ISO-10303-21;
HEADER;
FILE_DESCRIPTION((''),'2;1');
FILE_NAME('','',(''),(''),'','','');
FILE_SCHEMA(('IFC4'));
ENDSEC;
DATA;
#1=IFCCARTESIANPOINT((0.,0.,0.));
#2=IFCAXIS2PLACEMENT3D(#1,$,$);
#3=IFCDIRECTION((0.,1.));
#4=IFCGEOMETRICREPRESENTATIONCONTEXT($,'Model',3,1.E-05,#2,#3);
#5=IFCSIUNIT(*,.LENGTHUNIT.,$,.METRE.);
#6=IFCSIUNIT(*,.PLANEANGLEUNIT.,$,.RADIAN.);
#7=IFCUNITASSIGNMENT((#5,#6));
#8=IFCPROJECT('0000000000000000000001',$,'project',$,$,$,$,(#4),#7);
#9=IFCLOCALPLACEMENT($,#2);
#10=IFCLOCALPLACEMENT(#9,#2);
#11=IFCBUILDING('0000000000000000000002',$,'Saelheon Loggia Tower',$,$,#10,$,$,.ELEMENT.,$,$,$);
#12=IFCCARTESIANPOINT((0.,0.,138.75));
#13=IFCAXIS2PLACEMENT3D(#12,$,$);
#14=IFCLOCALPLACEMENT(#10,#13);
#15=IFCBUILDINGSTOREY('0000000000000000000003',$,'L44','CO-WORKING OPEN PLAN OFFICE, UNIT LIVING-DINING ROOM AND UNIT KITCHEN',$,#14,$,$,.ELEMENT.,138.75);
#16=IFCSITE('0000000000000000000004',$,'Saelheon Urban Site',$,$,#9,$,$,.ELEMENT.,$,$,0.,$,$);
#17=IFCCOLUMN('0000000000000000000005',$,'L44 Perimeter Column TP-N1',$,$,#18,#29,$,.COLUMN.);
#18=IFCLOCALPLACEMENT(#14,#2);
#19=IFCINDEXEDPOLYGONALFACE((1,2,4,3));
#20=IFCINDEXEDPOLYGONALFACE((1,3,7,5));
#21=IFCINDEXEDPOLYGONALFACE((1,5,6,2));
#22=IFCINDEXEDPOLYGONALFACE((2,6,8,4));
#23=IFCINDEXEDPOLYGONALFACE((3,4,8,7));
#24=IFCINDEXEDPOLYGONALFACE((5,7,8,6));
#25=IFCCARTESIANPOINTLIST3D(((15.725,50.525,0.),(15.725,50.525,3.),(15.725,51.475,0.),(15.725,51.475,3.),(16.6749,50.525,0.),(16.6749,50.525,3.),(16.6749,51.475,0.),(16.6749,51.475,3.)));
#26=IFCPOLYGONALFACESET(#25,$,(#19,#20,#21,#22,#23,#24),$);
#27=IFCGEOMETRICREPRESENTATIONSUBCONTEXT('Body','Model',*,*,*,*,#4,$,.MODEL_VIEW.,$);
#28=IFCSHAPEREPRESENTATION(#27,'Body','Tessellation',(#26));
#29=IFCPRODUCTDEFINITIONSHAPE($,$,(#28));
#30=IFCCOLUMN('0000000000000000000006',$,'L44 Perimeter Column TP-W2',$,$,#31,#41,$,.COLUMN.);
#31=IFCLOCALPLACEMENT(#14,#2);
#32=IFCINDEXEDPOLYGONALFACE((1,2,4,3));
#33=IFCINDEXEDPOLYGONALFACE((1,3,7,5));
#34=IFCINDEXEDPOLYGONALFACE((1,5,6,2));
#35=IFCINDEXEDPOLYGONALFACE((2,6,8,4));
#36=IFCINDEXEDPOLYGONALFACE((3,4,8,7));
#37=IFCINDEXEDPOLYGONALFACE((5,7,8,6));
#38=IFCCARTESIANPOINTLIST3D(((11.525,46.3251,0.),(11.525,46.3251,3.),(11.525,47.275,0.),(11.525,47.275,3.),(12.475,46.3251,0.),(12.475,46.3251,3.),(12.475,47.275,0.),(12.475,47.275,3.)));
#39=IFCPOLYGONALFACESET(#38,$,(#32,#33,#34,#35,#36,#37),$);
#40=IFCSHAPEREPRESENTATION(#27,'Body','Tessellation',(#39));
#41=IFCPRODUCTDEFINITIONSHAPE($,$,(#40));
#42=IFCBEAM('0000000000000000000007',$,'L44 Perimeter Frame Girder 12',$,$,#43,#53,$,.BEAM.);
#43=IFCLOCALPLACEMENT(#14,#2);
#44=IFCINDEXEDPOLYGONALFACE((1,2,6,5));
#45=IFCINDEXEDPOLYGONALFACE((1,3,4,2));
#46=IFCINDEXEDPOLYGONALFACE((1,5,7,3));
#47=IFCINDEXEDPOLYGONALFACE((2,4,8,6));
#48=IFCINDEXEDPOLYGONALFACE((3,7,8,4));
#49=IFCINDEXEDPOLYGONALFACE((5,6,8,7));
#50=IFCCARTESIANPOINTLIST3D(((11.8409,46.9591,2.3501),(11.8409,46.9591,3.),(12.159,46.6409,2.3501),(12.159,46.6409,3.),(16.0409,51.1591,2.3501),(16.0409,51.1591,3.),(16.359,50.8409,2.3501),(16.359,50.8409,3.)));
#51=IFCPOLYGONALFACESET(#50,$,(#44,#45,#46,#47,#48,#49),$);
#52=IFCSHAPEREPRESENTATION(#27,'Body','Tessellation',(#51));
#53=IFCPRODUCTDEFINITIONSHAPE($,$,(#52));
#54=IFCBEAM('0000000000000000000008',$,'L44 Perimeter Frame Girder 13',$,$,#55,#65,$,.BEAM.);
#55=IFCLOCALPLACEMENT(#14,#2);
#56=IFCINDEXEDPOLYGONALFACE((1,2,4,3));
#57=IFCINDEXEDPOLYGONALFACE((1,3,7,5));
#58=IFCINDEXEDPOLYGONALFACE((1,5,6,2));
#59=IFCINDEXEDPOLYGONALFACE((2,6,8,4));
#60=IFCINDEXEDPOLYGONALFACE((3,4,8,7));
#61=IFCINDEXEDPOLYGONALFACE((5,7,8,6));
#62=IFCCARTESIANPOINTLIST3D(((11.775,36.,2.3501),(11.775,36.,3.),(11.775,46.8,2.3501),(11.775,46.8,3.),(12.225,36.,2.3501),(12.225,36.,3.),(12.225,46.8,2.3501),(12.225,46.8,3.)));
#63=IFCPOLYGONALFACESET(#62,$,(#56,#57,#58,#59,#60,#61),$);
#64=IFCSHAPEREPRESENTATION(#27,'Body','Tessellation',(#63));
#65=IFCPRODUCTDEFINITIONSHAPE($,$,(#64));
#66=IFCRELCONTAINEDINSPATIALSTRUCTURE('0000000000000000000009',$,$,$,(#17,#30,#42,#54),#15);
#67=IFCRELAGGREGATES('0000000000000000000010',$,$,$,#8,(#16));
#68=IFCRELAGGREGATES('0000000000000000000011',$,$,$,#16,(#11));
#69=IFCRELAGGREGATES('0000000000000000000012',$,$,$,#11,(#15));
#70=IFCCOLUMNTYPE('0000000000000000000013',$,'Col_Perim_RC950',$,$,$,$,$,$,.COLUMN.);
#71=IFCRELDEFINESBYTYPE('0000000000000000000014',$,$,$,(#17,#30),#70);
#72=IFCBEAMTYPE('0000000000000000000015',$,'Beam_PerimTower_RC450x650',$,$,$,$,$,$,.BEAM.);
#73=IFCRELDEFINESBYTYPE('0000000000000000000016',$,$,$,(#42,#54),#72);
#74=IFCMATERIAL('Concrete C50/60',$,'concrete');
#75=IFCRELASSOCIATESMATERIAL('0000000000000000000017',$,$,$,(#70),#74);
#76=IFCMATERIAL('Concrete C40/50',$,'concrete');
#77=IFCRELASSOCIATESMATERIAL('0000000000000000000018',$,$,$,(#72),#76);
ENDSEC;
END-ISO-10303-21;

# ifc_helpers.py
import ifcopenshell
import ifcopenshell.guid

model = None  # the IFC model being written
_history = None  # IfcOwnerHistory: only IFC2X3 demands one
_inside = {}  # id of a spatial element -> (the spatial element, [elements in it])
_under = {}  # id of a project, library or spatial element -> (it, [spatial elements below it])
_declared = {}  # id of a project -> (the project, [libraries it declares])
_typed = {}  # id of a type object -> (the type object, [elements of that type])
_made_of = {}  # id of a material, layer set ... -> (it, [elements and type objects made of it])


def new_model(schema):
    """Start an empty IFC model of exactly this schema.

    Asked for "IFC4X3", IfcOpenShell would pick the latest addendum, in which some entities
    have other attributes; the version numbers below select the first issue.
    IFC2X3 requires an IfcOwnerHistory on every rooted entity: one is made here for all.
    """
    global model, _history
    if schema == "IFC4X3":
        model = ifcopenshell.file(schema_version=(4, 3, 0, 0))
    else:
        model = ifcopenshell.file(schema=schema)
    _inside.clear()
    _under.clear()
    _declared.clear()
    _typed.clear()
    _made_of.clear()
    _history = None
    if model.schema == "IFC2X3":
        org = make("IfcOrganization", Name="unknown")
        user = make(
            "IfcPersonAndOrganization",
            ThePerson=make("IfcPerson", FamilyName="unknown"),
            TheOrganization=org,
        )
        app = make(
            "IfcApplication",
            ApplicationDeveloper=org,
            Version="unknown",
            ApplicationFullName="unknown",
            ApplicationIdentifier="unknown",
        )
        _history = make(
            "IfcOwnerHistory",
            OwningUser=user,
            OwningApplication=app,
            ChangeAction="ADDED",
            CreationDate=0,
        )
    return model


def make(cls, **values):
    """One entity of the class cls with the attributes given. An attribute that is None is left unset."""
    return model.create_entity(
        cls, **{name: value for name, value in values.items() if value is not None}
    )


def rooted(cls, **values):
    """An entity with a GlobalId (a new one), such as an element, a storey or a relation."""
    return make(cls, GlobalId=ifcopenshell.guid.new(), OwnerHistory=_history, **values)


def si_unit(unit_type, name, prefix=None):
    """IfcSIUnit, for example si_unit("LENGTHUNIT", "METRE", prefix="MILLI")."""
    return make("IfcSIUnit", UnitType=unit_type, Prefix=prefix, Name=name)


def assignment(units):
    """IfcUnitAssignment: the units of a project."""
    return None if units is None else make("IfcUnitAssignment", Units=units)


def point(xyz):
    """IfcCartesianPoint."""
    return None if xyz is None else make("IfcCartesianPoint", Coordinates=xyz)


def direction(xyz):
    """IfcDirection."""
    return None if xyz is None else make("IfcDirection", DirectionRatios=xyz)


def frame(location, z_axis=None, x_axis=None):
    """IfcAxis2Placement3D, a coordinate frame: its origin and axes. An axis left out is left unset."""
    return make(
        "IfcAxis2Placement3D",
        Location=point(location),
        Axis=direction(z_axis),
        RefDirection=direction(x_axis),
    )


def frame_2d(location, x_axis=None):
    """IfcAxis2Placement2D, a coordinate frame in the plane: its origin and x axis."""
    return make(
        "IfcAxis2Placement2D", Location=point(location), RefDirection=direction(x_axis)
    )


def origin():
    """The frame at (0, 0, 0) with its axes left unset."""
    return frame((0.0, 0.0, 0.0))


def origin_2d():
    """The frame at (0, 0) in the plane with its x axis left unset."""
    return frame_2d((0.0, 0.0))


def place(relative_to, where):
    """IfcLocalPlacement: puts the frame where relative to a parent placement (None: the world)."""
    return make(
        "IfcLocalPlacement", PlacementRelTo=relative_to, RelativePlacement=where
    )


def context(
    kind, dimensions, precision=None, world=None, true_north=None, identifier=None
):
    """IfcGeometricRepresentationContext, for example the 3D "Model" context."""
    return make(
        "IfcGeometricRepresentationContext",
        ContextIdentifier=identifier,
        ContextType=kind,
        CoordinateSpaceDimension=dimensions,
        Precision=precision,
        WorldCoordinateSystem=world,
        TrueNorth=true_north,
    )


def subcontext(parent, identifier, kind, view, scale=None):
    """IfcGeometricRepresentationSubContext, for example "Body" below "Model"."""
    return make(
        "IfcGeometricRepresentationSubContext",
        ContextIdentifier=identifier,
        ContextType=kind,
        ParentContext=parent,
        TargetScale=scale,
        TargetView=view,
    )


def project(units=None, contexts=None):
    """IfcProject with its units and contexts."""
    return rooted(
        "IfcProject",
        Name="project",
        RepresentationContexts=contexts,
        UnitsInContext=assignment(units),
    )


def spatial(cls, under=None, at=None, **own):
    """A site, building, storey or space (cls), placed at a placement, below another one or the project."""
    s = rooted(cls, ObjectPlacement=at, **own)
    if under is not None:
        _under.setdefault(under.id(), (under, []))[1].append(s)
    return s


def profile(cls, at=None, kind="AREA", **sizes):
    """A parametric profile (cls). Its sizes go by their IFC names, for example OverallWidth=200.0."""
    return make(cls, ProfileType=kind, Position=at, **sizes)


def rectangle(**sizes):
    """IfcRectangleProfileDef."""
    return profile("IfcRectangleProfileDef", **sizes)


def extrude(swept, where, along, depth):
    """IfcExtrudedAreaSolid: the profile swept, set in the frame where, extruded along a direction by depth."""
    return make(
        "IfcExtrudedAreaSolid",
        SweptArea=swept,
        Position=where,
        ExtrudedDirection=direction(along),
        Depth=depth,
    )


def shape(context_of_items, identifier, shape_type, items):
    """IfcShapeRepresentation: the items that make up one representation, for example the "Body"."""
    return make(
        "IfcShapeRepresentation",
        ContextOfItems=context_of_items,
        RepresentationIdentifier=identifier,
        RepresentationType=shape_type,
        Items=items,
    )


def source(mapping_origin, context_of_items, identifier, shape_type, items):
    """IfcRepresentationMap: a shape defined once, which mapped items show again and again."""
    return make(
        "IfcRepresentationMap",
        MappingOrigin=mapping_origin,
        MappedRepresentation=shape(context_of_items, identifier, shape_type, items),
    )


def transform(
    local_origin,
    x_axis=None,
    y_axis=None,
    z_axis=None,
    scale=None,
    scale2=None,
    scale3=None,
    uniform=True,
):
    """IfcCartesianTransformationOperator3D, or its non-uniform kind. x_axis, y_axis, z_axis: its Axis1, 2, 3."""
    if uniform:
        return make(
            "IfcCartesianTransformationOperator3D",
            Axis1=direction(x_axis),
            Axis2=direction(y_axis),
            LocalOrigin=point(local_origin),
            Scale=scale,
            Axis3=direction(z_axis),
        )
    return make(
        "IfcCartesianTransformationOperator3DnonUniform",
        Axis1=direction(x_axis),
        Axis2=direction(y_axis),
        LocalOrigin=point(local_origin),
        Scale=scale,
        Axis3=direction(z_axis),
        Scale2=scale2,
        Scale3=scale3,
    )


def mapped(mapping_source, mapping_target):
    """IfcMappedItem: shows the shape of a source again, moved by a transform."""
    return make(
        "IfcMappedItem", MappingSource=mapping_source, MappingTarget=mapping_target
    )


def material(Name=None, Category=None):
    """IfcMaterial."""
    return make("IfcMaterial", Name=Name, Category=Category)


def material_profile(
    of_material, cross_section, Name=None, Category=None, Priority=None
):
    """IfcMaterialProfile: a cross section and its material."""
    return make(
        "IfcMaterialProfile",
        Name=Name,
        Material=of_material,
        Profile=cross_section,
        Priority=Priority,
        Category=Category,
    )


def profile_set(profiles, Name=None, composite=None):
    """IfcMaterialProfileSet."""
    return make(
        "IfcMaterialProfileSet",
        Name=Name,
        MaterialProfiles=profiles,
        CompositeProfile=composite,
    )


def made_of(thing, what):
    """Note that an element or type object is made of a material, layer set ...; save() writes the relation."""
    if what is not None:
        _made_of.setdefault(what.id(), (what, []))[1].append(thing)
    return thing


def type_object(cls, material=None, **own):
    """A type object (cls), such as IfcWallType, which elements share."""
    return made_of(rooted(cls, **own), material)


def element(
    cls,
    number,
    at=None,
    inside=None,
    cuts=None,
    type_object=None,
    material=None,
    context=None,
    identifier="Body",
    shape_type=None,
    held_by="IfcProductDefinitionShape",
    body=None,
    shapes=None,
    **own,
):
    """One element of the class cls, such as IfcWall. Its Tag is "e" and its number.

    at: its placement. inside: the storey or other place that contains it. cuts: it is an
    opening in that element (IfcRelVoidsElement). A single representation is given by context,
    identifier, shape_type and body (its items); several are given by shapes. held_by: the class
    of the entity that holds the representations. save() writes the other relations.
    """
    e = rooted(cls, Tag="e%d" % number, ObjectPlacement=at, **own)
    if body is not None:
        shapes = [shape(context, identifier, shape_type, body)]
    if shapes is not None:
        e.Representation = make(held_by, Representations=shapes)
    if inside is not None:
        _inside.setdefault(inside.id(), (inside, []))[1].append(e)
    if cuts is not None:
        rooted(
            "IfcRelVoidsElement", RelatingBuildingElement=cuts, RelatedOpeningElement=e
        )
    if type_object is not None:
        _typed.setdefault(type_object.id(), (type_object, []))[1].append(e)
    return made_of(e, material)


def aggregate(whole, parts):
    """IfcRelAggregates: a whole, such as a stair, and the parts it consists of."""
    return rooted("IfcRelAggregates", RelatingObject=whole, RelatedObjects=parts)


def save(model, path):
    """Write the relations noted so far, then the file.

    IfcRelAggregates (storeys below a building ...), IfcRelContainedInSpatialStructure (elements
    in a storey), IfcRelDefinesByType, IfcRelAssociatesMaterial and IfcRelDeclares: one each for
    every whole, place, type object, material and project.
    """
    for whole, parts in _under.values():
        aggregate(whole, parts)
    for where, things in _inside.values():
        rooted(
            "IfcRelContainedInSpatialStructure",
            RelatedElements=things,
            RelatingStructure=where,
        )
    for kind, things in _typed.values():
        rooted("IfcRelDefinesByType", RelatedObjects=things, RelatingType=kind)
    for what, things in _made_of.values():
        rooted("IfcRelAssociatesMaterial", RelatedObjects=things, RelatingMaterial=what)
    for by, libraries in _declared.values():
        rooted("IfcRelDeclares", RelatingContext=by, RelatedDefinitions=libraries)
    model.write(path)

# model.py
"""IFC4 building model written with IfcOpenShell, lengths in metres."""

from ifc_helpers import new_model, si_unit, direction, frame, origin, origin_2d, place, context, subcontext, project, spatial, rectangle, extrude, source, transform, mapped, material, material_profile, profile_set, type_object, element, save


model = new_model("IFC4")

# Units and contexts
model_context = context("Model", 3, precision=1e-05, world=origin(), true_north=direction((0.0, 1.0)))
body_context = subcontext(model_context, "Body", "Model", "MODEL_VIEW")
ifc_project = project(units=[si_unit("LENGTHUNIT", "METRE"), si_unit("PLANEANGLEUNIT", "RADIAN")], contexts=[model_context])

# Site, building, storey
site_placement = place(None, origin())
site = spatial("IfcSite", under=ifc_project, at=site_placement, Name="Saelheon Urban Site", CompositionType="ELEMENT", RefElevation=0.0)
building_placement = place(site_placement, origin())
building = spatial("IfcBuilding", under=site, at=building_placement, Name="Saelheon Loggia Tower", CompositionType="ELEMENT")
storey_placement = place(building_placement, frame((0.0, 0.0, 138.75)))
storey = spatial("IfcBuildingStorey", under=building, at=storey_placement, Name="L44", Description="CO-WORKING OPEN PLAN OFFICE, UNIT LIVING-DINING ROOM AND UNIT KITCHEN", CompositionType="ELEMENT", Elevation=138.75)

# Columns
ifc_material_1 = material(Name="Concrete C50/60", Category="concrete")
ifc_material_profile_1 = material_profile(ifc_material_1, rectangle(XDim=0.95, YDim=0.95, at=origin_2d()), Name="RC-950x950")
ifc_profile_set_1 = profile_set([ifc_material_profile_1], Name="Concrete C50/60")
column_type = type_object("IfcColumnType", Name="Col_Perim_RC950", PredefinedType="COLUMN", material=ifc_profile_set_1)
shared_shape_1 = source(origin(), body_context, "Body", "SweptSolid", [
    extrude(rectangle(XDim=0.95, YDim=0.95, at=origin_2d()), origin(), (0.0, 0.0, 1.0), 3.0),
])
for number, where, z_axis, x_axis, name in (
    (1, (16.2, 51.0, 0.0), (0.0, 0.0, 1.0), (1.0, 0.0, 0.0), "L44 Perimeter Column TP-N1"),
    (2, (12.0, 46.8, 0.0), (0.0, 0.0, 1.0), (1.0, 0.0, 0.0), "L44 Perimeter Column TP-W2"),
):
    element("IfcColumn", number, at=place(storey_placement, frame(where, z_axis=z_axis, x_axis=x_axis)), inside=storey, type_object=column_type, Name=name, PredefinedType="COLUMN", context=body_context, shape_type="MappedRepresentation", body=[
        mapped(shared_shape_1, transform((0.0, 0.0, 0.0), scale=1.0)),
    ])

# Beams
ifc_material_2 = material(Name="Concrete C40/50", Category="concrete")
ifc_material_profile_2 = material_profile(ifc_material_2, rectangle(XDim=0.45, YDim=0.6499, at=origin_2d()), Name="RC-450x650")
ifc_profile_set_2 = profile_set([ifc_material_profile_2], Name="Concrete C40/50")
beam_type = type_object("IfcBeamType", Name="Beam_PerimTower_RC450x650", PredefinedType="BEAM", material=ifc_profile_set_2)
shared_shape_2 = source(origin(), body_context, "Body", "SweptSolid", [
    extrude(rectangle(XDim=0.45, YDim=0.6499, at=origin_2d()), origin(), (0.0, 0.0, 1.0), 5.9397),
])
beam_1_placement = place(storey_placement, frame((16.2, 51.0, 2.675), z_axis=(-0.707107, -0.707107, 0.0), x_axis=(0.707107, -0.707107, 0.0)))
element("IfcBeam", 3, at=beam_1_placement, inside=storey, type_object=beam_type, Name="L44 Perimeter Frame Girder 12", PredefinedType="BEAM", context=body_context, shape_type="MappedRepresentation", body=[
    mapped(shared_shape_2, transform((0.0, 0.0, 0.0), scale=1.0)),
])
shared_shape_3 = source(origin(), body_context, "Body", "SweptSolid", [
    extrude(rectangle(XDim=0.45, YDim=0.6499, at=origin_2d()), origin(), (0.0, 0.0, 1.0), 10.8),
])
beam_2_placement = place(storey_placement, frame((12.0, 46.8, 2.675), z_axis=(0.0, -1.0, 0.0), x_axis=(1.0, 0.0, 0.0)))
element("IfcBeam", 4, at=beam_2_placement, inside=storey, type_object=beam_type, Name="L44 Perimeter Frame Girder 13", PredefinedType="BEAM", context=body_context, shape_type="MappedRepresentation", body=[
    mapped(shared_shape_3, transform((0.0, 0.0, 0.0), scale=1.0)),
])

save(model, "model.ifc")
